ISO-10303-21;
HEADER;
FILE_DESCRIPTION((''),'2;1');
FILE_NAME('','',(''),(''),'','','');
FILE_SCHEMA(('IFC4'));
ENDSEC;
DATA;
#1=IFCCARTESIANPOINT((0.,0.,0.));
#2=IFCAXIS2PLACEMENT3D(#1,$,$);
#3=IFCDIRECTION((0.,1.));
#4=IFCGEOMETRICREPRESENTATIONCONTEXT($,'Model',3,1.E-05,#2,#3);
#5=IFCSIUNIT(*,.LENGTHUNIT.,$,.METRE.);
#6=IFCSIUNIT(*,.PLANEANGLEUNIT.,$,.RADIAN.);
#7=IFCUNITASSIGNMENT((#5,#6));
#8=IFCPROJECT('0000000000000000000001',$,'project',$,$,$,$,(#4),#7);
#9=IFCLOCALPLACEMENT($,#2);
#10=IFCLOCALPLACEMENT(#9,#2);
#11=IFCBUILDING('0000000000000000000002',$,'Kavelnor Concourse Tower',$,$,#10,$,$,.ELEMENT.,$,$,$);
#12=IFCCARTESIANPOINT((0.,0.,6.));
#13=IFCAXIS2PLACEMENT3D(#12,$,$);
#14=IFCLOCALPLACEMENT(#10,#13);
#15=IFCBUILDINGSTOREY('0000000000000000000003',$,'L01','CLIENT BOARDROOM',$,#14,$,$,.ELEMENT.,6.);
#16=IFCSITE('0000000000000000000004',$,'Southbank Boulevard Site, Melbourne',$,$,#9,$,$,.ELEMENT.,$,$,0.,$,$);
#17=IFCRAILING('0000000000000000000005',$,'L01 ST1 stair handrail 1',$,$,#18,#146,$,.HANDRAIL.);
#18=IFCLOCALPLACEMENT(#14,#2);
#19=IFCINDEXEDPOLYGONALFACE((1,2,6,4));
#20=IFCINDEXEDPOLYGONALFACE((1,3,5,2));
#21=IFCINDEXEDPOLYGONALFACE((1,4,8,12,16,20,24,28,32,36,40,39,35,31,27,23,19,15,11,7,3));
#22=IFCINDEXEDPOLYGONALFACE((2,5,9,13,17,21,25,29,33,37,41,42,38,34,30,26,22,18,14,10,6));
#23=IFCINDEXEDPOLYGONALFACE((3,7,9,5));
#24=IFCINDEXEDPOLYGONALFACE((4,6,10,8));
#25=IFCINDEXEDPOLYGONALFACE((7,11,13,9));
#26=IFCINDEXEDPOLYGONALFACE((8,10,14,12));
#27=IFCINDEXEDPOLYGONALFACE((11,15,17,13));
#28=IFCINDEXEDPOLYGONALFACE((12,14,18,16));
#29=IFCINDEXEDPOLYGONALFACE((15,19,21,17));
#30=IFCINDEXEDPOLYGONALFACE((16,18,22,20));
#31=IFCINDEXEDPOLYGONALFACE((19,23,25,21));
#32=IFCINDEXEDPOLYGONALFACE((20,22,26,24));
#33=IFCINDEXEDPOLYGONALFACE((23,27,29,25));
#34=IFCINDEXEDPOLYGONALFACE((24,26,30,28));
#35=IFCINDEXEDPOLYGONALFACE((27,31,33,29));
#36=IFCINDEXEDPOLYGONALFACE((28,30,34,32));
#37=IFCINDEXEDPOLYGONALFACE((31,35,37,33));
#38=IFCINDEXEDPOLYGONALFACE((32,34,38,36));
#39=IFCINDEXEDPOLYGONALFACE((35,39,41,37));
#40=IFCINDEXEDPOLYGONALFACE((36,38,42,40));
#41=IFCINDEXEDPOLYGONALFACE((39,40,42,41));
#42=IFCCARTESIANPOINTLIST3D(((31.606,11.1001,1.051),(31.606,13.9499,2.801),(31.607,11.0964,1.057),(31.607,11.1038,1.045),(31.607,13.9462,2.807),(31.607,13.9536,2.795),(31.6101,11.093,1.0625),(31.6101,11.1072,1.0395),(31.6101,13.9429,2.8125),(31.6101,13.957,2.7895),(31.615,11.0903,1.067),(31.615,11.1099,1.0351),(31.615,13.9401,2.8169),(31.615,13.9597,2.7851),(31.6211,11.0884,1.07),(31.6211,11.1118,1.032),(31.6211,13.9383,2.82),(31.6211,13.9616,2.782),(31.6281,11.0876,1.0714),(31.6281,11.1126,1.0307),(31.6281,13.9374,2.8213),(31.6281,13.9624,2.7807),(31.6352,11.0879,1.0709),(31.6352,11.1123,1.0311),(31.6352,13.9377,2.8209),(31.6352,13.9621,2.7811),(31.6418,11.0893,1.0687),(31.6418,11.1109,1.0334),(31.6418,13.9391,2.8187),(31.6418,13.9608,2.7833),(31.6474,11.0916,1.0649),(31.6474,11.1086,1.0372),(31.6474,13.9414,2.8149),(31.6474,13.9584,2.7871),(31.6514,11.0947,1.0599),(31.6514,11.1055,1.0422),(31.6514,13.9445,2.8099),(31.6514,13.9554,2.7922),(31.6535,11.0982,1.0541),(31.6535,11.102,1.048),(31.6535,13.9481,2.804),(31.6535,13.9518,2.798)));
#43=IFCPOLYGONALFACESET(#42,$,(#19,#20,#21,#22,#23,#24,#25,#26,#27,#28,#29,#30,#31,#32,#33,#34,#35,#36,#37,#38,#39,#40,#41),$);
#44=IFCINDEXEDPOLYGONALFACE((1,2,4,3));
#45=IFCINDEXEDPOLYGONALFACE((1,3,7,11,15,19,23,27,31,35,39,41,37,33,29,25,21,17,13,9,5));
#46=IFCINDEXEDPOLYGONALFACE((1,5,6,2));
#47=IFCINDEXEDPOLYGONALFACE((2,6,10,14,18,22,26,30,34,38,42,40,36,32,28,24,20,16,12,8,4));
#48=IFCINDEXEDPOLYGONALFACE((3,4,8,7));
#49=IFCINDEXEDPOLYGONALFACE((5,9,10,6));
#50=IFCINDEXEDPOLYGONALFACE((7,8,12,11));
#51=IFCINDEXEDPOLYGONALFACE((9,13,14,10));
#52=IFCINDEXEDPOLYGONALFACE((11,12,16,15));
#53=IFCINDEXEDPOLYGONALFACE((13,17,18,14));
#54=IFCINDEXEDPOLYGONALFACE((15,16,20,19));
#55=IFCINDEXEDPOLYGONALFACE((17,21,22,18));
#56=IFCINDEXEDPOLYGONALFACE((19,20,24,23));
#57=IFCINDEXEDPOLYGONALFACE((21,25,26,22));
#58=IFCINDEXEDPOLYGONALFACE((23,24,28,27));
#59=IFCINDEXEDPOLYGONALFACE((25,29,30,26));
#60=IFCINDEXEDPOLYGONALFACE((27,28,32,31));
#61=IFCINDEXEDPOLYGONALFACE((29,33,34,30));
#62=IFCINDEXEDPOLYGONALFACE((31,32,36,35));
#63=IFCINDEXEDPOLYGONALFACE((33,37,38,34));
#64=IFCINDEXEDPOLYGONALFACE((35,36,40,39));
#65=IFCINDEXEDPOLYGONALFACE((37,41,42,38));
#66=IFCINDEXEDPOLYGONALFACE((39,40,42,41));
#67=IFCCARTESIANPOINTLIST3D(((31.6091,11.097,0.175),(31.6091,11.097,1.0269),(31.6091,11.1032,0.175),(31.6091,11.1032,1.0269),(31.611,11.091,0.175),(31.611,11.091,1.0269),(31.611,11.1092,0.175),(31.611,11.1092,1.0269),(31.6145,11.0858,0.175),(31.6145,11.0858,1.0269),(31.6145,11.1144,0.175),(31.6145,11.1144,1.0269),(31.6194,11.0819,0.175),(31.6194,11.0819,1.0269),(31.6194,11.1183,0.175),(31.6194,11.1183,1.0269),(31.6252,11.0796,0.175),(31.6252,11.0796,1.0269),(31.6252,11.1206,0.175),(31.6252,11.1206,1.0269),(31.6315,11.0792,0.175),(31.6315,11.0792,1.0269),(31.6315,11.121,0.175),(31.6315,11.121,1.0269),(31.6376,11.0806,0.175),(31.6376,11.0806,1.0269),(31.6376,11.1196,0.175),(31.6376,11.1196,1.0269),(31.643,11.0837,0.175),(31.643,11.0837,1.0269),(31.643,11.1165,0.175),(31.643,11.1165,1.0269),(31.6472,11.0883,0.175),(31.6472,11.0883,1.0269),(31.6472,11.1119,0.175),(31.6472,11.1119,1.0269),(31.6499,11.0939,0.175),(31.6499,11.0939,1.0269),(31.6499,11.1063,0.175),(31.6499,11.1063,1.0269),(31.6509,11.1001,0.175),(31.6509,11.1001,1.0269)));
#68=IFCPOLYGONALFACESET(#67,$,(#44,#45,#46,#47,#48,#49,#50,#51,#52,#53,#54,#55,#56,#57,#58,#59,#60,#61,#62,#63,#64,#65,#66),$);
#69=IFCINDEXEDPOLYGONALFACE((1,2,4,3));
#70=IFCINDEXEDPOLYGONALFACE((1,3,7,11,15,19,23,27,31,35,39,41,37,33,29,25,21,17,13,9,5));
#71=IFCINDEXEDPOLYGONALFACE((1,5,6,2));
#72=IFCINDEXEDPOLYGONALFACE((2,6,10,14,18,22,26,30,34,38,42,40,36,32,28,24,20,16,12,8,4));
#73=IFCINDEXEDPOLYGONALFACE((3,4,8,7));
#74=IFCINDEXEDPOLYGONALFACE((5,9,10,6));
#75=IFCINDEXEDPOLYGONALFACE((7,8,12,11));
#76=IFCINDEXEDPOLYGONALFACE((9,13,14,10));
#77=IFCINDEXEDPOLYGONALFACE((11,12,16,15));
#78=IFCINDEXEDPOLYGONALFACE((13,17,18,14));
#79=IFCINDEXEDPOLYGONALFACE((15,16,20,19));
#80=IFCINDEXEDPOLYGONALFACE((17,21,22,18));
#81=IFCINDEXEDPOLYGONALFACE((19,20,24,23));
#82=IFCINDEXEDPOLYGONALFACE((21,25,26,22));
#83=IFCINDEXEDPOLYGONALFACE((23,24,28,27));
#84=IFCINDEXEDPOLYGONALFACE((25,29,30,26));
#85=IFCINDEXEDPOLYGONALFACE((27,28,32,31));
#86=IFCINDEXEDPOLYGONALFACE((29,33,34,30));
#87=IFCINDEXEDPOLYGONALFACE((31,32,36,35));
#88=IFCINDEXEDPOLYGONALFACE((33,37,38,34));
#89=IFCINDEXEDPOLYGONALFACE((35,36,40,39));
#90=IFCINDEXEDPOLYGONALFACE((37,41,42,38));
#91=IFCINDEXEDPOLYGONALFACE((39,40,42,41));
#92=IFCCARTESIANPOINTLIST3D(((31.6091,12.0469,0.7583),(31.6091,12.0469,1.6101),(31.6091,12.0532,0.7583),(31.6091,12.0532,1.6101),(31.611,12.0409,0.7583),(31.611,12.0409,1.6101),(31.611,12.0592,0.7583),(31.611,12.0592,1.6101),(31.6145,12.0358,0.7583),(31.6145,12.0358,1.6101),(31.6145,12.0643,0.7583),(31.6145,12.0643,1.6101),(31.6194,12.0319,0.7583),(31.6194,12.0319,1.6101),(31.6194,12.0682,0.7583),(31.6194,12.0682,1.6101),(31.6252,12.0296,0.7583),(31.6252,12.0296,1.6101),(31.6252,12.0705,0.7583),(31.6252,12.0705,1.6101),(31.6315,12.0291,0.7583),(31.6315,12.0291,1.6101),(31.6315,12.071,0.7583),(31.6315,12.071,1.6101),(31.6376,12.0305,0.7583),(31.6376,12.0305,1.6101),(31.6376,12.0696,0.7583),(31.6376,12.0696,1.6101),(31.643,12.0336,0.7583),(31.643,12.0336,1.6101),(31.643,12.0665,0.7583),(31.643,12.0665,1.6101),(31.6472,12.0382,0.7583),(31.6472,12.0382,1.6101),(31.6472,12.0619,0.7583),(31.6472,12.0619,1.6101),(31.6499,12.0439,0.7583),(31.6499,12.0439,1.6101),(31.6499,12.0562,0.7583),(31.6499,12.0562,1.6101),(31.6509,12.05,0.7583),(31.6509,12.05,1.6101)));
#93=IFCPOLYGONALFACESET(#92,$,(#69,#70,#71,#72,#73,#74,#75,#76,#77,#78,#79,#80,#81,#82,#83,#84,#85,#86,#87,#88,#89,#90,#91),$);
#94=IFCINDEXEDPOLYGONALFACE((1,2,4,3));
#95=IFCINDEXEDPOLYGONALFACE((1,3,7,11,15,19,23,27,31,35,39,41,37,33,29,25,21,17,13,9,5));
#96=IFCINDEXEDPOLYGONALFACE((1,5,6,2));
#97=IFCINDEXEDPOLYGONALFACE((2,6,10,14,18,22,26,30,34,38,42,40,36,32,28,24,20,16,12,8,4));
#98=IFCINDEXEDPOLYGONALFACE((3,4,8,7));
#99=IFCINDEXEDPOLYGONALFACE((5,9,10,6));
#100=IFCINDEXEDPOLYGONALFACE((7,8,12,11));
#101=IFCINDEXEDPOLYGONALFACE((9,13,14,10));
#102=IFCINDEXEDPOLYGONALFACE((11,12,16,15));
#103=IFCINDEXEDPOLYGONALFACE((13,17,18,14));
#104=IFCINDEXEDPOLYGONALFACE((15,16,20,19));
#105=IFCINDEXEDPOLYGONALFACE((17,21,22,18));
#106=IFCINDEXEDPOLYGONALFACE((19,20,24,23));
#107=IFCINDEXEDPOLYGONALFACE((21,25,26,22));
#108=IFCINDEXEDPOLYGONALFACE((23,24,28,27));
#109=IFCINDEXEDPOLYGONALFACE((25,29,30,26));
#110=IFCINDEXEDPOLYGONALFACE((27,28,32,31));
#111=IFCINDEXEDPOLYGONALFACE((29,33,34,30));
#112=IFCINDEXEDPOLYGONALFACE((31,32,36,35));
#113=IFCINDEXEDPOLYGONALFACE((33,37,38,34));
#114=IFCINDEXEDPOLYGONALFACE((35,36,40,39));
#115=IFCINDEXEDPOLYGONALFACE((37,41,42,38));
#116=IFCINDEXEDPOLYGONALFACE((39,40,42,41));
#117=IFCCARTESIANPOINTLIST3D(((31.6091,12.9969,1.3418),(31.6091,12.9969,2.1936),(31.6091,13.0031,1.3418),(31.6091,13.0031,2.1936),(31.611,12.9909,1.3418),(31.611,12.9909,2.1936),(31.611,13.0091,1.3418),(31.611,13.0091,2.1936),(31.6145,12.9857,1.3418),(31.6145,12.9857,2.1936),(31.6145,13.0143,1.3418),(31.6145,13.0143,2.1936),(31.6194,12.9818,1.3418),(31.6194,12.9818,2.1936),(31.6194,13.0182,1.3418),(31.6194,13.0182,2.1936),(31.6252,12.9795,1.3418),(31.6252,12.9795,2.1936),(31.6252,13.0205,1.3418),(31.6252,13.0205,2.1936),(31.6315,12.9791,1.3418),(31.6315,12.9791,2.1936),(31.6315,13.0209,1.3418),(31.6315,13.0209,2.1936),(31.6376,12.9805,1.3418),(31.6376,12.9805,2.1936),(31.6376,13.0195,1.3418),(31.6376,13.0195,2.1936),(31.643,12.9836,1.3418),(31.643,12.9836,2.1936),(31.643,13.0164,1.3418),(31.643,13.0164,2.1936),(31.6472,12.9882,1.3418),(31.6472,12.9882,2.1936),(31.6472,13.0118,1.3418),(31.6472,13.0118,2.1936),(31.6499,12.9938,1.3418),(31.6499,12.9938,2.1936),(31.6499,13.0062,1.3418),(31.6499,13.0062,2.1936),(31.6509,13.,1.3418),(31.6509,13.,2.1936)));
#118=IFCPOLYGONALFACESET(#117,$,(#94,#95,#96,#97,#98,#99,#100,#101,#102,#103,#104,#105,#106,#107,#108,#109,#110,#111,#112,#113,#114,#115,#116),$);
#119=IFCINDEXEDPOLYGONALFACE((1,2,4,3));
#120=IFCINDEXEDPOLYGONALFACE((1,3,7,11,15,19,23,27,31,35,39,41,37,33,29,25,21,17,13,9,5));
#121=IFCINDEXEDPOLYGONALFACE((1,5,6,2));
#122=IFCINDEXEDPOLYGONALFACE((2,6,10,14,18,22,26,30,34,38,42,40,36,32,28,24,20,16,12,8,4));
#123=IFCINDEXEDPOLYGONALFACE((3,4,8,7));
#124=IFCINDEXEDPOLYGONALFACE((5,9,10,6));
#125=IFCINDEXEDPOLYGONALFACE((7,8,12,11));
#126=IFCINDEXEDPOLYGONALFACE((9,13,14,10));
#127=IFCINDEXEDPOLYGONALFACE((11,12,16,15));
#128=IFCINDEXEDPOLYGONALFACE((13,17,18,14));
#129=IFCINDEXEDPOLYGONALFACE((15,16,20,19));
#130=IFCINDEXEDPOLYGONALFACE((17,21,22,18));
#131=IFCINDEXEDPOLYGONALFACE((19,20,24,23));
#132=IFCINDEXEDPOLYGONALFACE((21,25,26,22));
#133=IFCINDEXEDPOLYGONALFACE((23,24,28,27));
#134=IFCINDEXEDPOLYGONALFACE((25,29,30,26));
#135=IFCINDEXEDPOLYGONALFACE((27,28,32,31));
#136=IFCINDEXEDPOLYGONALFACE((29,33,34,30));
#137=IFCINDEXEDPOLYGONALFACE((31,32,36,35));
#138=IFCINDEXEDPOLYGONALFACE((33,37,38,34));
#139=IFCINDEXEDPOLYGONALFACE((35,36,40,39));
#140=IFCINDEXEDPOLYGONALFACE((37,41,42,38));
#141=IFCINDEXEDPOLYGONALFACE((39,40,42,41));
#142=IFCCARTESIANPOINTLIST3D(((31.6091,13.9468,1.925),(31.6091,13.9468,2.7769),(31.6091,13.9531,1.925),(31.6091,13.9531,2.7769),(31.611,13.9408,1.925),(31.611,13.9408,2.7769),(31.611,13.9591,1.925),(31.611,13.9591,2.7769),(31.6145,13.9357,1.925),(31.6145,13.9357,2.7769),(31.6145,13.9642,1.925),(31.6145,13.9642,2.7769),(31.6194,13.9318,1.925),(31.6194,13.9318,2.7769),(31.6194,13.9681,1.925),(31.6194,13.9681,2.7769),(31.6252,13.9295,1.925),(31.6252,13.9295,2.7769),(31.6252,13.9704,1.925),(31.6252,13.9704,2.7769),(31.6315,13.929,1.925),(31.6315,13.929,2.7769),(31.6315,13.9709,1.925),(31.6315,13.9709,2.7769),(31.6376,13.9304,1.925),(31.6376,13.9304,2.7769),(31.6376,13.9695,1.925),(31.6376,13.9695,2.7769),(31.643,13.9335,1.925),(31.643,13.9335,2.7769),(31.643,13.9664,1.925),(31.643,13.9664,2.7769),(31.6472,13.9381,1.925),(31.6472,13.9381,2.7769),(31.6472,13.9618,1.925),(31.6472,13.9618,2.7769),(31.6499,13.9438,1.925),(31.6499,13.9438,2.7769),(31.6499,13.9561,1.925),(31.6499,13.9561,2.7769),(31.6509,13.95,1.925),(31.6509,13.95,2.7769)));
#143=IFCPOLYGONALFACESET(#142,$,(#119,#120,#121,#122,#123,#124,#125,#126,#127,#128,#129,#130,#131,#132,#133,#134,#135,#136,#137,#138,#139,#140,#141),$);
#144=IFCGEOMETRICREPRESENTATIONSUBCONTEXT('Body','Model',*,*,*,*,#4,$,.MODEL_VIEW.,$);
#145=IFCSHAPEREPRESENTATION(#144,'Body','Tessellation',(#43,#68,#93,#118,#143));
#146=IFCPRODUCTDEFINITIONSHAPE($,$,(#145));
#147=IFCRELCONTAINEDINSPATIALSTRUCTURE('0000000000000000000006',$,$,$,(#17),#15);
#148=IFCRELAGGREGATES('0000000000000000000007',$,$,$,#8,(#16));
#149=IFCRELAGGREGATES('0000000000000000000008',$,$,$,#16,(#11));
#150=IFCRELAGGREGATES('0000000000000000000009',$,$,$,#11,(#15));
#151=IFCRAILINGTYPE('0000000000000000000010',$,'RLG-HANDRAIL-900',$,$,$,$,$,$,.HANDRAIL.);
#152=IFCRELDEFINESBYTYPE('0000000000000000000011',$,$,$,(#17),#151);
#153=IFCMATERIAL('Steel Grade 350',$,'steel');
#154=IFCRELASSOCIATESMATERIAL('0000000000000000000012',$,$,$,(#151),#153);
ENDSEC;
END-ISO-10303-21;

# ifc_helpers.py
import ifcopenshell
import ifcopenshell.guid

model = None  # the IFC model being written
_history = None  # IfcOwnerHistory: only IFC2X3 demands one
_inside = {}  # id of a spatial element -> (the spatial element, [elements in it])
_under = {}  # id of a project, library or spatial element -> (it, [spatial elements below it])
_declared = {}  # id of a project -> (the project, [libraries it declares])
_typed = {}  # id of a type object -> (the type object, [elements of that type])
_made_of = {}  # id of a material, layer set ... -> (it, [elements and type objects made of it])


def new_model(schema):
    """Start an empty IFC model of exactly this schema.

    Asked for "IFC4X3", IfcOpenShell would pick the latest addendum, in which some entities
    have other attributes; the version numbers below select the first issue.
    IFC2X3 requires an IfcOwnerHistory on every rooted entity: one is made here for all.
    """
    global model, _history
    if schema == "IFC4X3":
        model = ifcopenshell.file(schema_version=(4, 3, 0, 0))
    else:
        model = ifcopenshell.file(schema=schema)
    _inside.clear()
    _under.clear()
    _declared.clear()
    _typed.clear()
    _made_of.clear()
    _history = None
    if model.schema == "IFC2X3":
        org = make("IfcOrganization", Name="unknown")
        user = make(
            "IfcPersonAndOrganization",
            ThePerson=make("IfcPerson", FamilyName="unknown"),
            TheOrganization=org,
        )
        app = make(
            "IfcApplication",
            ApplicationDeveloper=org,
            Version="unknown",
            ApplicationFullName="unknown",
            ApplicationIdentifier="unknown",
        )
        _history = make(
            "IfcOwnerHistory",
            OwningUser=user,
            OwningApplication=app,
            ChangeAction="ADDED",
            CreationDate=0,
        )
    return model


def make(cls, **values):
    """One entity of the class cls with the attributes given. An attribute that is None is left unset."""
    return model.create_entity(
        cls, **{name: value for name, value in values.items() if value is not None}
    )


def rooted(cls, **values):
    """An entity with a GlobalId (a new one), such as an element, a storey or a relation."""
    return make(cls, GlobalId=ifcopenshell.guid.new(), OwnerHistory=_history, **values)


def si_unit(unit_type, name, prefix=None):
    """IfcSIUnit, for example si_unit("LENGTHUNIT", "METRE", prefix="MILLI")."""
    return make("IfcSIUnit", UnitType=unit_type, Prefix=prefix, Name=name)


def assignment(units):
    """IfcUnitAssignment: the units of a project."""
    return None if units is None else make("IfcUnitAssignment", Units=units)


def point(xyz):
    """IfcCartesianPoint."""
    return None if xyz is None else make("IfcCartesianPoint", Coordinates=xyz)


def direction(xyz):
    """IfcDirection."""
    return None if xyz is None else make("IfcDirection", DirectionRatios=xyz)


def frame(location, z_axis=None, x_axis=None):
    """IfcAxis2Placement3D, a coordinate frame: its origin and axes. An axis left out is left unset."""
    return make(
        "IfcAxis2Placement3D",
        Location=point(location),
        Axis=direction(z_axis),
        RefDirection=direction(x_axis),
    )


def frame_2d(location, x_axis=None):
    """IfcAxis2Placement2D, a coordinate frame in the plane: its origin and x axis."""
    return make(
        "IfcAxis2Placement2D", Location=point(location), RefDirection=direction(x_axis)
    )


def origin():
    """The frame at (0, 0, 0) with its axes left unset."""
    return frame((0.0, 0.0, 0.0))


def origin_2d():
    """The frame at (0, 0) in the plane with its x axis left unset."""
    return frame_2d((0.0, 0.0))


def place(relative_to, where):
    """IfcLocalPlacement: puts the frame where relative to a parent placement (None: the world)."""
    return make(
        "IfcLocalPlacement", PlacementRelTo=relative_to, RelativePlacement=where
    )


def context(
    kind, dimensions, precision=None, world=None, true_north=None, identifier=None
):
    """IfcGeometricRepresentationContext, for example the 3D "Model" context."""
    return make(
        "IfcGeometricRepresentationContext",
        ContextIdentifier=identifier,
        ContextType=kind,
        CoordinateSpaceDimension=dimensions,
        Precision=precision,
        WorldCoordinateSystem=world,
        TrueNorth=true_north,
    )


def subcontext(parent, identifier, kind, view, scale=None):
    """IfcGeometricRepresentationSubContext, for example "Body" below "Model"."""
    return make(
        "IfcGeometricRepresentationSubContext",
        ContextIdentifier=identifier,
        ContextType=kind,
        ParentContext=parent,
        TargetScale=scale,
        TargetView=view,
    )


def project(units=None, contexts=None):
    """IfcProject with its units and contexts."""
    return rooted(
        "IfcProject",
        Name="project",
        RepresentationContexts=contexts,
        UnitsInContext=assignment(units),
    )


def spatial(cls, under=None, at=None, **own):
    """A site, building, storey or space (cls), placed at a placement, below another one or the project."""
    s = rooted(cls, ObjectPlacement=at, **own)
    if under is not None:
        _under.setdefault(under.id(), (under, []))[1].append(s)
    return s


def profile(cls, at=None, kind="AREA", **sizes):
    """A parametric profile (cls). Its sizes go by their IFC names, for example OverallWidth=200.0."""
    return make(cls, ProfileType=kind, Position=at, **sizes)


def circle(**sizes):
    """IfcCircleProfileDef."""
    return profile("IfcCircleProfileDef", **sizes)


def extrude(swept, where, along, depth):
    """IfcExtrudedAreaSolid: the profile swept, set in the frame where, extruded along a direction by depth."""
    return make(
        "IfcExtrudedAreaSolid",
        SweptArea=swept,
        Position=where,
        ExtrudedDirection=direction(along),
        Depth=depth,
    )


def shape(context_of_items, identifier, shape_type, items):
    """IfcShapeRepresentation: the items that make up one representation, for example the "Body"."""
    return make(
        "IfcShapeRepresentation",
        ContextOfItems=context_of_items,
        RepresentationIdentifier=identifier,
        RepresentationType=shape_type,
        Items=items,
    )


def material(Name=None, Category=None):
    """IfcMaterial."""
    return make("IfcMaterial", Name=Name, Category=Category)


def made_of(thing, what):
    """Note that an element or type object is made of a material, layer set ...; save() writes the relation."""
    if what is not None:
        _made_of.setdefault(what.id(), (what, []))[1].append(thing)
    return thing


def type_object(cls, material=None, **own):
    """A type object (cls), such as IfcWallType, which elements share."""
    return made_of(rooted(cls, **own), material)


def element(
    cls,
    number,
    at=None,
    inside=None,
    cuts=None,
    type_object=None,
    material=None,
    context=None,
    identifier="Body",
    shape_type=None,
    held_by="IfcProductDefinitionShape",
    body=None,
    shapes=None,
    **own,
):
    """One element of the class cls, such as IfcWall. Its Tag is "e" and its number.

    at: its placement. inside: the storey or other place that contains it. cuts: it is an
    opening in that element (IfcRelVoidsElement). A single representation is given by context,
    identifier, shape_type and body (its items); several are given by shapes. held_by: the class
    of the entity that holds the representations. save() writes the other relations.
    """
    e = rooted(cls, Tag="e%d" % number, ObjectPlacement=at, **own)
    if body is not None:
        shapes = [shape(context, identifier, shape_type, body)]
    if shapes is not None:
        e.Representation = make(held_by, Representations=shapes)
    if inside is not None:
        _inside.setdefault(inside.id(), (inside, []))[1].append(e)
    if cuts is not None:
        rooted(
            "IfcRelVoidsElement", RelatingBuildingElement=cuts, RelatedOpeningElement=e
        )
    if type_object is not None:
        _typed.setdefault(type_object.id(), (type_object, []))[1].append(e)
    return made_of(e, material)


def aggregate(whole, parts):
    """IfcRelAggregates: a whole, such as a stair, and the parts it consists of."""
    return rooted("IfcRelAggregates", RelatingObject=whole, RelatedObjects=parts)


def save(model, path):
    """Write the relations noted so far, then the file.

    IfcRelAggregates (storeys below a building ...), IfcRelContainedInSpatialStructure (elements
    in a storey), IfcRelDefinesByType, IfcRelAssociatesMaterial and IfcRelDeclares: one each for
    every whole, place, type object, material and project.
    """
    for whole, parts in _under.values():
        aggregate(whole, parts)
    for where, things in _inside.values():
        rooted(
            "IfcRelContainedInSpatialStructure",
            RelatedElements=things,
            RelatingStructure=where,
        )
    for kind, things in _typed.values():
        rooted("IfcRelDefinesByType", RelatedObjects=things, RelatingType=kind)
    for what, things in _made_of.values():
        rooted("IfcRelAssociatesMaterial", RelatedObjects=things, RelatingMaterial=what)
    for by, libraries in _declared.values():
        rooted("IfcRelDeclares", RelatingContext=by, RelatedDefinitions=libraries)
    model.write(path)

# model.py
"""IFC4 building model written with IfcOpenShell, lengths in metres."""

from ifc_helpers import new_model, si_unit, direction, frame, origin, origin_2d, place, context, subcontext, project, spatial, circle, extrude, material, type_object, element, save


model = new_model("IFC4")

# Units and contexts
model_context = context("Model", 3, precision=1e-05, world=origin(), true_north=direction((0.0, 1.0)))
body_context = subcontext(model_context, "Body", "Model", "MODEL_VIEW")
ifc_project = project(units=[si_unit("LENGTHUNIT", "METRE"), si_unit("PLANEANGLEUNIT", "RADIAN")], contexts=[model_context])

# Site, building, storey
site_placement = place(None, origin())
site = spatial("IfcSite", under=ifc_project, at=site_placement, Name="Southbank Boulevard Site, Melbourne", CompositionType="ELEMENT", RefElevation=0.0)
building_placement = place(site_placement, origin())
building = spatial("IfcBuilding", under=site, at=building_placement, Name="Kavelnor Concourse Tower", CompositionType="ELEMENT")
storey_placement = place(building_placement, frame((0.0, 0.0, 6.0)))
storey = spatial("IfcBuildingStorey", under=building, at=storey_placement, Name="L01", Description="CLIENT BOARDROOM", CompositionType="ELEMENT", Elevation=6.0)

# Shared definitions
ifc_material_1 = material(Name="Steel Grade 350", Category="steel")

# Railing
railing_type_1 = type_object("IfcRailingType", Name="RLG-HANDRAIL-900", PredefinedType="HANDRAIL", material=ifc_material_1)
railing_1_placement = place(storey_placement, frame((31.6299, 11.1001, 0.175)))
element("IfcRailing", 1, at=railing_1_placement, inside=storey, type_object=railing_type_1, Name="L01 ST1 stair handrail 1", PredefinedType="HANDRAIL", context=body_context, shape_type="SweptSolid", body=[
    extrude(circle(Radius=0.0239, at=origin_2d()), frame((0.0, 0.0, 0.876), z_axis=(0.0, 0.852159, 0.523283), x_axis=(-1.0, 0.0, 0.0)), (0.0, 0.0, 1.0), 3.3442),
    extrude(circle(Radius=0.021, at=origin_2d()), origin(), (0.0, 0.0, 1.0), 0.8518),
    extrude(circle(Radius=0.021, at=origin_2d()), frame((0.0, 0.95, 0.5833)), (0.0, 0.0, 1.0), 0.8518),
    extrude(circle(Radius=0.021, at=origin_2d()), frame((0.0, 1.8999, 1.1667)), (0.0, 0.0, 1.0), 0.8518),
    extrude(circle(Radius=0.021, at=origin_2d()), frame((0.0, 2.8499, 1.75)), (0.0, 0.0, 1.0), 0.8518),
])

save(model, "model.ifc")
